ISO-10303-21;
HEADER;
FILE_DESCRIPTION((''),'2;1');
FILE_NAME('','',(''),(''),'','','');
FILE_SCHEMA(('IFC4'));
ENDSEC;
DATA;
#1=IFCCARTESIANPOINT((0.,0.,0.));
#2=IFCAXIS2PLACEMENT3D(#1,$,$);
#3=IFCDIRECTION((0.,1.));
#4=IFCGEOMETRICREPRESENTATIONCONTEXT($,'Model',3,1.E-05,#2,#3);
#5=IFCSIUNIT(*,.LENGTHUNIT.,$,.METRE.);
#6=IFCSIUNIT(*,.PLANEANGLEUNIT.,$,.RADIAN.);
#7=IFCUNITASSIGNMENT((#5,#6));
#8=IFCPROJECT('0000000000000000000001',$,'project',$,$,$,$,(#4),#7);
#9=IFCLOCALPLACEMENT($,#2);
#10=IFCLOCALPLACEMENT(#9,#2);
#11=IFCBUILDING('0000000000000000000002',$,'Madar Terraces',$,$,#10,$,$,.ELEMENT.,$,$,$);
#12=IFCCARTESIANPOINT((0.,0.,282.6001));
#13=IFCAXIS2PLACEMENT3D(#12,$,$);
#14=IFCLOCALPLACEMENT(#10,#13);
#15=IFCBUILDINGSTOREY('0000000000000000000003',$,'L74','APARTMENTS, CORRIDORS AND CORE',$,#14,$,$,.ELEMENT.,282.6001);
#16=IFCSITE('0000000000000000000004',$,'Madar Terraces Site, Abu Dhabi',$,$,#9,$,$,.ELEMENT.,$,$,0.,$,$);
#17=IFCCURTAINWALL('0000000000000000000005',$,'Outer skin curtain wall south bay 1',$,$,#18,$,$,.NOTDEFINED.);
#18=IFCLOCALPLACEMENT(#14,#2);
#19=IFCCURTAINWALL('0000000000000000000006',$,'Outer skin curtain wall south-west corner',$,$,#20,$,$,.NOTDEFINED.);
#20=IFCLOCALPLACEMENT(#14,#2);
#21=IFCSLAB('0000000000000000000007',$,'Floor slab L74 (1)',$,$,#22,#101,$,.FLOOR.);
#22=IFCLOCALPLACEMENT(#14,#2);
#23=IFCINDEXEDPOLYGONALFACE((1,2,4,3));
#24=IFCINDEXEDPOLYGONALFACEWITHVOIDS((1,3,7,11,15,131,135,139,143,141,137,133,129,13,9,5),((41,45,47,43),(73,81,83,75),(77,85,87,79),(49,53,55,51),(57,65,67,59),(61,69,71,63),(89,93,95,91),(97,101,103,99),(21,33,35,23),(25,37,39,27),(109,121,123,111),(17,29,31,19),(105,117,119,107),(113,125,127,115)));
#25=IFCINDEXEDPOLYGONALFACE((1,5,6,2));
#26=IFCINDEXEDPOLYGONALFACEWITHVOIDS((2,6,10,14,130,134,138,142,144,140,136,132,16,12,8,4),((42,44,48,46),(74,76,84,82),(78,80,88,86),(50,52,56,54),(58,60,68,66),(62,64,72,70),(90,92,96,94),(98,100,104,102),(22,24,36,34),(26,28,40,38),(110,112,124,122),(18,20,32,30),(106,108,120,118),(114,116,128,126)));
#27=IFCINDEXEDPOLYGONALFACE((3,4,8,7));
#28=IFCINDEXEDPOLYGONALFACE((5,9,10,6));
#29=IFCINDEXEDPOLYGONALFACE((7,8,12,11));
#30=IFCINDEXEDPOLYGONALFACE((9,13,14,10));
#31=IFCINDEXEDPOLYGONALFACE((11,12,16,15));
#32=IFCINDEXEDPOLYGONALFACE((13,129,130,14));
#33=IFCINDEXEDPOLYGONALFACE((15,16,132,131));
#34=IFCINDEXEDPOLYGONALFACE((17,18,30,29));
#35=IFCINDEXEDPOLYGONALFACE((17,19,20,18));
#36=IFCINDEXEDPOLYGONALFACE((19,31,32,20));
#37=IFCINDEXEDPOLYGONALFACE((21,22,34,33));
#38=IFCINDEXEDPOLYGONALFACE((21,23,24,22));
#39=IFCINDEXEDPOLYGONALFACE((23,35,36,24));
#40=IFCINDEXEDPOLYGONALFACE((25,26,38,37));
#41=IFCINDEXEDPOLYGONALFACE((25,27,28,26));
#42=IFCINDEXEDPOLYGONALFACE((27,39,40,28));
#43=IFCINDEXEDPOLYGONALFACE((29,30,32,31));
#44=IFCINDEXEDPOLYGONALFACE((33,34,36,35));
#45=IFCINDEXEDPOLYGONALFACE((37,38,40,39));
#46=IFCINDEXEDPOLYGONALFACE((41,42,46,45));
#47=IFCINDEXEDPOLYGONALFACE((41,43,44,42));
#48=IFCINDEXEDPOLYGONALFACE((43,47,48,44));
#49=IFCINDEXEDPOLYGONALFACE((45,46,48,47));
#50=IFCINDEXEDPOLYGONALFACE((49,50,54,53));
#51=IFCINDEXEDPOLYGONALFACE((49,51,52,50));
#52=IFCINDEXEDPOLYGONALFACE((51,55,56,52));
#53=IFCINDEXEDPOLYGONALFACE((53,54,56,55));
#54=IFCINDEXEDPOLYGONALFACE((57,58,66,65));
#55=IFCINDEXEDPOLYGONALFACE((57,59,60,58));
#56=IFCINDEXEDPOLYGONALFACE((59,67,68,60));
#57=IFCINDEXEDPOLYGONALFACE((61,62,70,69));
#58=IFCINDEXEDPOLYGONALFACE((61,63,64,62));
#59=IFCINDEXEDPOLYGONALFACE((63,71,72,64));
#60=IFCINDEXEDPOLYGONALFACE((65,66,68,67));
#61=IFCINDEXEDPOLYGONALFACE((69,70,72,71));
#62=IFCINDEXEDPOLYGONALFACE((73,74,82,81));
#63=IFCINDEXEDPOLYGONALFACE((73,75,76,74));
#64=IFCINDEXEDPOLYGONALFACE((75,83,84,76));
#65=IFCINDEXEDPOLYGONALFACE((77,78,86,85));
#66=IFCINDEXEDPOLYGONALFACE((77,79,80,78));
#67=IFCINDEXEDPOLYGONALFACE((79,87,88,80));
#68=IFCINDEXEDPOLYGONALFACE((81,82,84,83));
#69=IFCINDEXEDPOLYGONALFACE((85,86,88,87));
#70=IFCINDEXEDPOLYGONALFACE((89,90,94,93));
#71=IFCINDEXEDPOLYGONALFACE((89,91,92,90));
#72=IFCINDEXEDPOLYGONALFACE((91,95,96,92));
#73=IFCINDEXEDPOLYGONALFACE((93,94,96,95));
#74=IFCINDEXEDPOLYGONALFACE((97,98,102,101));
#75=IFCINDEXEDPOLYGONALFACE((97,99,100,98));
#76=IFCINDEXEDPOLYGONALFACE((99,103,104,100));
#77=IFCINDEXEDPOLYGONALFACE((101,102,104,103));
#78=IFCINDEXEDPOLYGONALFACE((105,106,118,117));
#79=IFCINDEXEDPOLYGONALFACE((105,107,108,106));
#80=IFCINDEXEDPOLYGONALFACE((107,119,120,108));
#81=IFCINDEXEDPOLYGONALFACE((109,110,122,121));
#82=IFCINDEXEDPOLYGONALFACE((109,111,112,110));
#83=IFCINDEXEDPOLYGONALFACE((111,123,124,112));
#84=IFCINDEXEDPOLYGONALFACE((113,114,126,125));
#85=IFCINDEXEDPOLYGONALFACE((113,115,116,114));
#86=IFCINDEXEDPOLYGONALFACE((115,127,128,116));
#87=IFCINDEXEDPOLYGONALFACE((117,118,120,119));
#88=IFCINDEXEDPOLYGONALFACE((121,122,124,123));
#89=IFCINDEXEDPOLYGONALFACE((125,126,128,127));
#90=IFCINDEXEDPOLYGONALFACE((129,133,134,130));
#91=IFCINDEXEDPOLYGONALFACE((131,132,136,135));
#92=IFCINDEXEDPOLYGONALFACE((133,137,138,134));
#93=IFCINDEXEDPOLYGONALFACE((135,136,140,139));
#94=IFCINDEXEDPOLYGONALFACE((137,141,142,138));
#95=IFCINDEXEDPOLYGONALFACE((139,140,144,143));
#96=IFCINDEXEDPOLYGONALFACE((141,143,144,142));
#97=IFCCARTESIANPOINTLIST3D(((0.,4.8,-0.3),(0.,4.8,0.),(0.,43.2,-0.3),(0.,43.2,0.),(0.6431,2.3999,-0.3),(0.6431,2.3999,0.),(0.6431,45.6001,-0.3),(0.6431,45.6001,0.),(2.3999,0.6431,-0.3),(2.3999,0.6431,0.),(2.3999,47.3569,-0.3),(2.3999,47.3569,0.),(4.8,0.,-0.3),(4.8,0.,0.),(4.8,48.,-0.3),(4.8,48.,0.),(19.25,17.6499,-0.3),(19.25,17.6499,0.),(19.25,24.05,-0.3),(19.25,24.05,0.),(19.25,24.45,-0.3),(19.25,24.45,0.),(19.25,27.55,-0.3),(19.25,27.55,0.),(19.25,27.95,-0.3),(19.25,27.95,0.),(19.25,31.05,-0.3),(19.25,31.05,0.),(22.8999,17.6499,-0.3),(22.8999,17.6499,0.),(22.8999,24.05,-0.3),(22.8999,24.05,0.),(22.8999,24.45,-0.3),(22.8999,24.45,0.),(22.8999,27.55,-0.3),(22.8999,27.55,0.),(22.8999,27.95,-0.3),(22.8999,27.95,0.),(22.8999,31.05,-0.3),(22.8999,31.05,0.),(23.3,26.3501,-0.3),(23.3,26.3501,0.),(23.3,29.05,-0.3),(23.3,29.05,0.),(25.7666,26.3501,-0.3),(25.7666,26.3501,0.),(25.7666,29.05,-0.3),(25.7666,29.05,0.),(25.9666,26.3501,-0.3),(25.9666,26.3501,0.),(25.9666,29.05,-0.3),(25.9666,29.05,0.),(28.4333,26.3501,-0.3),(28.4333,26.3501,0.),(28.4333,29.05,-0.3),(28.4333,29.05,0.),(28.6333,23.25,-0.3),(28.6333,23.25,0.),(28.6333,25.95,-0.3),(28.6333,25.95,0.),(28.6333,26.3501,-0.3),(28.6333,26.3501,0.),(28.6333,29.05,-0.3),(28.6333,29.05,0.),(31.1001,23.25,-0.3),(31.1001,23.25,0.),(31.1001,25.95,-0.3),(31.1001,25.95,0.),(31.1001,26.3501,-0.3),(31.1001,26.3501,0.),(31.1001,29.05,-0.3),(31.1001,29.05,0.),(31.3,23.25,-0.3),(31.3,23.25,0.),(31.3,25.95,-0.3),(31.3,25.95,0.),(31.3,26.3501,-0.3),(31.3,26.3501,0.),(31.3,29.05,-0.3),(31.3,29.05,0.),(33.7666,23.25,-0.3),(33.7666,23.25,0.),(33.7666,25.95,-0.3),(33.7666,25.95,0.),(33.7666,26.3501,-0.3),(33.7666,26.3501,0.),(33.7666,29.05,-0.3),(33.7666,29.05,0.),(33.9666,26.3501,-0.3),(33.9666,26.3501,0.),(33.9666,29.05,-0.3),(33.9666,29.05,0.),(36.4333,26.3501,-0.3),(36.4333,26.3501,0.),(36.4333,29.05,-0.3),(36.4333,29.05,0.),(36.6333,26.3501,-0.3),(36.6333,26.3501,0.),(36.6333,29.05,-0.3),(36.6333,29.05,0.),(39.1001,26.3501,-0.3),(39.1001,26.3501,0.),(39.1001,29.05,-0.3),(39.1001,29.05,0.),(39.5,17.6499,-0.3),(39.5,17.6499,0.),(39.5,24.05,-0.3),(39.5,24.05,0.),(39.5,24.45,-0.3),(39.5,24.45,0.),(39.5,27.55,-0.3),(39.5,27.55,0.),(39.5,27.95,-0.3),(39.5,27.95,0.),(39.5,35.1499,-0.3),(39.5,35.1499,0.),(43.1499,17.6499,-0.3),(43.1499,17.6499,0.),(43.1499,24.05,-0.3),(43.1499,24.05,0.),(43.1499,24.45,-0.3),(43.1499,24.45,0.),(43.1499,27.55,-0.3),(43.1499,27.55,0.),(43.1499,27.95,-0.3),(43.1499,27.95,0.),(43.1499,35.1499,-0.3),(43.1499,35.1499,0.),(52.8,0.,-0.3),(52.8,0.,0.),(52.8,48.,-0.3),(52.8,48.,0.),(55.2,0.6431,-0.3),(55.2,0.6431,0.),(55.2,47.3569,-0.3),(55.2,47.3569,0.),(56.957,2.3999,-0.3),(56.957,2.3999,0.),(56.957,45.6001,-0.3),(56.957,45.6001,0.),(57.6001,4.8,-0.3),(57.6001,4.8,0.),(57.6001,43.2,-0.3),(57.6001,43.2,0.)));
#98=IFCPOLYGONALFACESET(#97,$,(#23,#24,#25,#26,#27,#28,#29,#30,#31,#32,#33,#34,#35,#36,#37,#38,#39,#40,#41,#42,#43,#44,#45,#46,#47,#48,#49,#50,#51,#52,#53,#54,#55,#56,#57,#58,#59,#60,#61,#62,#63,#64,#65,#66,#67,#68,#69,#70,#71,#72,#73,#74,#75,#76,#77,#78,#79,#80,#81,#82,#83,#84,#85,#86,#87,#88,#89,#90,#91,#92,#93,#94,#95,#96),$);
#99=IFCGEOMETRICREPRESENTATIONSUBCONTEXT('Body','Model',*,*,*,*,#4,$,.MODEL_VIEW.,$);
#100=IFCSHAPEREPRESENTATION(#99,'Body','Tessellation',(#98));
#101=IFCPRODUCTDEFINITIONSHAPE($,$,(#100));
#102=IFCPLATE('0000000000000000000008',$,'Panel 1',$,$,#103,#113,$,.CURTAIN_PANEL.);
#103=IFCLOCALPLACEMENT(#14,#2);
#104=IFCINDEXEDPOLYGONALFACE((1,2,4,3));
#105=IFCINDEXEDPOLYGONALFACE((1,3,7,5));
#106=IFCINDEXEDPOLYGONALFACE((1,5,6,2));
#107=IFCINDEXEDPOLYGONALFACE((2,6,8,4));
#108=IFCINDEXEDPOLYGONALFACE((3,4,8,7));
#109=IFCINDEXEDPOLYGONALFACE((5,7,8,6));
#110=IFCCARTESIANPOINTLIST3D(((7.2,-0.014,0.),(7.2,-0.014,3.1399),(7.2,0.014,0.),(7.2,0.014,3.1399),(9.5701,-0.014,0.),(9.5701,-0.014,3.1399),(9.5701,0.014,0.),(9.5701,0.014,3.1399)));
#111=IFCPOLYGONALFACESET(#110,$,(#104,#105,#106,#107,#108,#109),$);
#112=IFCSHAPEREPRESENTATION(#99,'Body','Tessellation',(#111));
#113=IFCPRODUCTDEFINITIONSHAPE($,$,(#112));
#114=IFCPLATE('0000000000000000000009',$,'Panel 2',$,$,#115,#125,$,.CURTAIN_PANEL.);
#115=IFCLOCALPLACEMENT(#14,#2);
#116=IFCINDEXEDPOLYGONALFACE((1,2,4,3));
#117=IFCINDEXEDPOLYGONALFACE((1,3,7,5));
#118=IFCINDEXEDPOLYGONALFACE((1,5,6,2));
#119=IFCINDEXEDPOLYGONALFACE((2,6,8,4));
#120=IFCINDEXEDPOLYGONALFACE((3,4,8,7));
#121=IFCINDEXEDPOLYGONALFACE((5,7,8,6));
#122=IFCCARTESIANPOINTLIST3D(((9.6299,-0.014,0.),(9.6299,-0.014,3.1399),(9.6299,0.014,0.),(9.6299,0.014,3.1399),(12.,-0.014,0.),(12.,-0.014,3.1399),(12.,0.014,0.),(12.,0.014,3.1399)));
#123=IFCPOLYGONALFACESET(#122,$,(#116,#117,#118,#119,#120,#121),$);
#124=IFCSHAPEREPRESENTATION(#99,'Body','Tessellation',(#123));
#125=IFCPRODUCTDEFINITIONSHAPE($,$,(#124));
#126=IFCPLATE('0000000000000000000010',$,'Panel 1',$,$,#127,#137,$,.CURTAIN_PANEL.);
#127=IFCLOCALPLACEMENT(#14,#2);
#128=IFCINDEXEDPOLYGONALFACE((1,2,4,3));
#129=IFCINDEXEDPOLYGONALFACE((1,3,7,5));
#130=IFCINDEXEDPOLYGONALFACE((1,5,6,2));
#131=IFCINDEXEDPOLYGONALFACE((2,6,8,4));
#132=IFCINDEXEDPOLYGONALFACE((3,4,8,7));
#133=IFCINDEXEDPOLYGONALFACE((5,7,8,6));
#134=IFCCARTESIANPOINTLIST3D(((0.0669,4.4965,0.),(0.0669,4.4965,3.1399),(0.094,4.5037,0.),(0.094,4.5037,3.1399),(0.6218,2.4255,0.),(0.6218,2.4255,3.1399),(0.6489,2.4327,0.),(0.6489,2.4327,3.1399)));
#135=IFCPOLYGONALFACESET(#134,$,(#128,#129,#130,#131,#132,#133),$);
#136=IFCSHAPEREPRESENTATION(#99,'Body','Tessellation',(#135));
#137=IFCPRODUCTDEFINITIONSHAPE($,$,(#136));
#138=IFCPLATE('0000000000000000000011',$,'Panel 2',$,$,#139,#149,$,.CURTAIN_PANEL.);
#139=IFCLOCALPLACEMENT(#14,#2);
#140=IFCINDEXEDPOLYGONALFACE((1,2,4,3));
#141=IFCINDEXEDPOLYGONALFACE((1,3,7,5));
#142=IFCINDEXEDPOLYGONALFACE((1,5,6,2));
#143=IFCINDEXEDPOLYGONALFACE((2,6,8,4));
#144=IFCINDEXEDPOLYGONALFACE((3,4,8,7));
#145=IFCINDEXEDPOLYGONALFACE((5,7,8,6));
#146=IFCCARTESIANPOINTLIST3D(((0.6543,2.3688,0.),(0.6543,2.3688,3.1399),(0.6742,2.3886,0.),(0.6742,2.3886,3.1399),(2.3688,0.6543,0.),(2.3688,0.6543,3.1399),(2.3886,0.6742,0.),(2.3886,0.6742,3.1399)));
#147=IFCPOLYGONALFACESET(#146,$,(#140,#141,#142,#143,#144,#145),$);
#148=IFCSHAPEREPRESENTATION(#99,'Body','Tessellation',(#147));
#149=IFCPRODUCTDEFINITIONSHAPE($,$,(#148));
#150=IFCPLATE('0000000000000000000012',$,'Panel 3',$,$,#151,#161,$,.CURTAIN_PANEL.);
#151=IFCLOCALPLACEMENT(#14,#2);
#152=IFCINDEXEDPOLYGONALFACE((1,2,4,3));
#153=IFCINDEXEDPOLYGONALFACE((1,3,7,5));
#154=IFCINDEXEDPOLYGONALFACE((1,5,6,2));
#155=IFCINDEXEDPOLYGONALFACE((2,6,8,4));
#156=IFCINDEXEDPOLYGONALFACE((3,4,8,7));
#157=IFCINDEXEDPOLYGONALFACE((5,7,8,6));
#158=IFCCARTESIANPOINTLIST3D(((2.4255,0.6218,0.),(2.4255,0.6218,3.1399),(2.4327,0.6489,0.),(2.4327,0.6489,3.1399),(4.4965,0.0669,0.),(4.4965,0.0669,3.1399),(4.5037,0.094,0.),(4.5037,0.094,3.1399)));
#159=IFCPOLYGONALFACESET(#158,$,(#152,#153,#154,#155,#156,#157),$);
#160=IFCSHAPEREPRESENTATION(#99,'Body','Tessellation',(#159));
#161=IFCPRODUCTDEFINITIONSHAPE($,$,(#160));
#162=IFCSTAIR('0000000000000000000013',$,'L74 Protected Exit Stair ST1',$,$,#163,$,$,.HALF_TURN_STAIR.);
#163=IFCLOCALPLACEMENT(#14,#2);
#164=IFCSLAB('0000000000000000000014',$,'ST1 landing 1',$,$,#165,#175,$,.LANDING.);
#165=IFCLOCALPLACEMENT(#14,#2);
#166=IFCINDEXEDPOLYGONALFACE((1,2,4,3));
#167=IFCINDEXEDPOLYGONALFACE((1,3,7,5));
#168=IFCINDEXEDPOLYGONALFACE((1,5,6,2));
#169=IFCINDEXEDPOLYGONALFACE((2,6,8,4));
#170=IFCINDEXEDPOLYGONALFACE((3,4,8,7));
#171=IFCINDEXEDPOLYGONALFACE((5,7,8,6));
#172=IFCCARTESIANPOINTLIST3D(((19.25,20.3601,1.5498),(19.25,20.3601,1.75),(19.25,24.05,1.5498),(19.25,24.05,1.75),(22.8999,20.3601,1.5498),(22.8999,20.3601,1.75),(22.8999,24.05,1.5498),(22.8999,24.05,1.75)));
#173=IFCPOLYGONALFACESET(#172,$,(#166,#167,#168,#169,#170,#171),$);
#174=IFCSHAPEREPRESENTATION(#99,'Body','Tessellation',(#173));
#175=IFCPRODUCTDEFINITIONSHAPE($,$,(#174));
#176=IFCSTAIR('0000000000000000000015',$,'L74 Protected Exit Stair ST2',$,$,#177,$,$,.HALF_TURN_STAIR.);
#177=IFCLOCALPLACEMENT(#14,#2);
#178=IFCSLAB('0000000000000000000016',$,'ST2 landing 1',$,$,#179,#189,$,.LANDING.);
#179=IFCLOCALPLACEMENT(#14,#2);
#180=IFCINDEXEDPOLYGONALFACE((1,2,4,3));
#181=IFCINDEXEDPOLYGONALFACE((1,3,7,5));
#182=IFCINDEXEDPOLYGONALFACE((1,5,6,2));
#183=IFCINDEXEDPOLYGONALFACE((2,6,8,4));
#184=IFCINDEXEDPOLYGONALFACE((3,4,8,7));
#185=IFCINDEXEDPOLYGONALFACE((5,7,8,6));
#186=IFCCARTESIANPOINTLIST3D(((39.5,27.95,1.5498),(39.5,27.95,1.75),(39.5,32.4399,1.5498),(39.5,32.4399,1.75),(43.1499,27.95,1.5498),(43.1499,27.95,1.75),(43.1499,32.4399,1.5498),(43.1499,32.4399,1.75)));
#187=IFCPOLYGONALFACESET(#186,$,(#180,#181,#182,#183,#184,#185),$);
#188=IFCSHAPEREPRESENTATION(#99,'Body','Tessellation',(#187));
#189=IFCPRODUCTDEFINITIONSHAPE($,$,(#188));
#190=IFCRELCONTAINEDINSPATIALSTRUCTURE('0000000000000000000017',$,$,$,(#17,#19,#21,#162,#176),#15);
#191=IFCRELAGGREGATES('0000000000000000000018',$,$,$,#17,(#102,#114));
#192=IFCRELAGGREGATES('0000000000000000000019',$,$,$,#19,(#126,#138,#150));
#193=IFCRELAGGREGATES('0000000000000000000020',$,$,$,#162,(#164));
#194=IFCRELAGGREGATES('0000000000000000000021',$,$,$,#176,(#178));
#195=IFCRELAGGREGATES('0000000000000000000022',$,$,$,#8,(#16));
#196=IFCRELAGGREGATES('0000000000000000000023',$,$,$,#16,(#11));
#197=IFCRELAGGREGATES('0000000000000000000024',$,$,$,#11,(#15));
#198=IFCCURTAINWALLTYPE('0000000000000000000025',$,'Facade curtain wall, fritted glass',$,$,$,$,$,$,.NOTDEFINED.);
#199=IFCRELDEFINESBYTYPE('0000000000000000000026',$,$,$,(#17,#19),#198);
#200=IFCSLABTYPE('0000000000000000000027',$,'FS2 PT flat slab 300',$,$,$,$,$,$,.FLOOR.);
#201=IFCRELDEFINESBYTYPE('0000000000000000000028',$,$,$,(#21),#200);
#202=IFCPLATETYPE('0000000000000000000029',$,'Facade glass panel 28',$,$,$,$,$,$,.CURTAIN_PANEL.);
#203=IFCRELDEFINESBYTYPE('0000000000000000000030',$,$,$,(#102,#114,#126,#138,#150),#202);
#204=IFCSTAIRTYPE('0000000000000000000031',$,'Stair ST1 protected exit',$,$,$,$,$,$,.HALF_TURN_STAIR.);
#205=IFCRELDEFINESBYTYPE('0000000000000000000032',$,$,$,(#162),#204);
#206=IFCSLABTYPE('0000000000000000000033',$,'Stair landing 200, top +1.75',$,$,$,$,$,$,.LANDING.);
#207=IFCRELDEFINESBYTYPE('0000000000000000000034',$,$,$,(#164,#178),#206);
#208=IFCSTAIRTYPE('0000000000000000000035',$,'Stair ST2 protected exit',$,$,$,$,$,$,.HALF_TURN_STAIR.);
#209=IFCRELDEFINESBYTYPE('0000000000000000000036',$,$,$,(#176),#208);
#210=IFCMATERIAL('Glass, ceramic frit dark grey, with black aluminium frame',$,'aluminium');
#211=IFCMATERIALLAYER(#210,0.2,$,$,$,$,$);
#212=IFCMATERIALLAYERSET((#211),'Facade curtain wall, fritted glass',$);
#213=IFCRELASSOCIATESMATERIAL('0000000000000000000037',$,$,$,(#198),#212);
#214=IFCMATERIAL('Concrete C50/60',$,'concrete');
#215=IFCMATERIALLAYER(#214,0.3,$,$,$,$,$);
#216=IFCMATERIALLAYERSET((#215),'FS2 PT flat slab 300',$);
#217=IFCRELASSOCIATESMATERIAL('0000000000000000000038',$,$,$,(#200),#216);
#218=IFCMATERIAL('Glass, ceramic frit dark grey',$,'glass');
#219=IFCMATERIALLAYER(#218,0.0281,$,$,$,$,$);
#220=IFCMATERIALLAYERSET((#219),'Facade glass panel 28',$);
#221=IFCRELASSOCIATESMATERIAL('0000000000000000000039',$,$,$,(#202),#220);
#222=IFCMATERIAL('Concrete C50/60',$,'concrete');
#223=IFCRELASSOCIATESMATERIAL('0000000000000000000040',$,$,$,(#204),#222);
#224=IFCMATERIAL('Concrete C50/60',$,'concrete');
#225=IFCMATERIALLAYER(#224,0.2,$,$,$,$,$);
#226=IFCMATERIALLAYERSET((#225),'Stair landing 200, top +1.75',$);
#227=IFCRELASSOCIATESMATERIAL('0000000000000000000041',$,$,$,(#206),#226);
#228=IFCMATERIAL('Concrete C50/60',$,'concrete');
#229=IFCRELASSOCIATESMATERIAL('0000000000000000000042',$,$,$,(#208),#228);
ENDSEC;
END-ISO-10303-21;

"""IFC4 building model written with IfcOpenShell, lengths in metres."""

from ifc_helpers import new_model, si_unit, direction, frame, origin, origin_2d, place, context, subcontext, project, spatial, polyline, rectangle, outline, extrude, material, layer, layer_set, type_object, element, aggregate, save


model = new_model("IFC4")

# Units and contexts
model_context = context("Model", 3, precision=1e-05, world=origin(), true_north=direction((0.0, 1.0)))
body_context = subcontext(model_context, "Body", "Model", "MODEL_VIEW")
ifc_project = project(units=[si_unit("LENGTHUNIT", "METRE"), si_unit("PLANEANGLEUNIT", "RADIAN")], contexts=[model_context])

# Site, building, storey
site_placement = place(None, origin())
site = spatial("IfcSite", under=ifc_project, at=site_placement, Name="Madar Terraces Site, Abu Dhabi", CompositionType="ELEMENT", RefElevation=0.0)
building_placement = place(site_placement, origin())
building = spatial("IfcBuilding", under=site, at=building_placement, Name="Madar Terraces", CompositionType="ELEMENT")
storey_placement = place(building_placement, frame((0.0, 0.0, 282.6001)))
storey = spatial("IfcBuildingStorey", under=building, at=storey_placement, Name="L74", Description="APARTMENTS, CORRIDORS AND CORE", CompositionType="ELEMENT", Elevation=282.6001)

# Curtain wall
ifc_material_1 = material(Name="Glass, ceramic frit dark grey, with black aluminium frame", Category="aluminium")
ifc_layer_1 = layer(ifc_material_1, 0.2)
ifc_layer_set_1 = layer_set([ifc_layer_1], Name="Facade curtain wall, fritted glass")
curtain_wall_type = type_object("IfcCurtainWallType", Name="Facade curtain wall, fritted glass", PredefinedType="NOTDEFINED", material=ifc_layer_set_1)
curtain_wall_1_placement = place(storey_placement, origin())
curtain_wall_1 = element("IfcCurtainWall", 1, at=curtain_wall_1_placement, inside=storey, type_object=curtain_wall_type, Name="Outer skin curtain wall south bay 1", PredefinedType="NOTDEFINED")

# Curtain wall
curtain_wall_2_placement = place(storey_placement, origin())
curtain_wall_2 = element("IfcCurtainWall", 2, at=curtain_wall_2_placement, inside=storey, type_object=curtain_wall_type, Name="Outer skin curtain wall south-west corner", PredefinedType="NOTDEFINED")

# Slab
ifc_material_2 = material(Name="Concrete C50/60", Category="concrete")
ifc_layer_2 = layer(ifc_material_2, 0.3)
ifc_layer_set_2 = layer_set([ifc_layer_2], Name="FS2 PT flat slab 300")
slab_type_1 = type_object("IfcSlabType", Name="FS2 PT flat slab 300", PredefinedType="FLOOR", material=ifc_layer_set_2)
slab_1_placement = place(storey_placement, frame((0.0, 0.0, -0.3)))
element("IfcSlab", 3, at=slab_1_placement, inside=storey, type_object=slab_type_1, Name="Floor slab L74 (1)", PredefinedType="FLOOR", context=body_context, shape_type="SweptSolid", body=[
    extrude(outline(polyline([(52.8, 0.0), (55.2, 0.6431), (56.957, 2.3999), (57.6001, 4.8), (57.6001, 43.2), (56.957, 45.6001), (55.2, 47.3569), (52.8, 48.0), (4.8, 48.0), (2.3999, 47.3569), (0.6431, 45.6001), (0.0, 43.2), (0.0, 4.8), (0.6431, 2.3999), (2.3999, 0.6431), (4.8, 0.0), (52.8, 0.0)]), holes=[polyline([(22.8999, 17.6499), (19.25, 17.6499), (19.25, 24.05), (22.8999, 24.05), (22.8999, 17.6499)]), polyline([(28.6333, 23.25), (28.6333, 25.95), (31.1001, 25.95), (31.1001, 23.25), (28.6333, 23.25)]), polyline([(19.25, 24.45), (19.25, 27.55), (22.8999, 27.55), (22.8999, 24.45), (19.25, 24.45)]), polyline([(23.3, 26.3501), (23.3, 29.05), (25.7666, 29.05), (25.7666, 26.3501), (23.3, 26.3501)]), polyline([(25.9666, 26.3501), (25.9666, 29.05), (28.4333, 29.05), (28.4333, 26.3501), (25.9666, 26.3501)]), polyline([(28.6333, 26.3501), (28.6333, 29.05), (31.1001, 29.05), (31.1001, 26.3501), (28.6333, 26.3501)]), polyline([(19.25, 27.95), (19.25, 31.05), (22.8999, 31.05), (22.8999, 27.95), (19.25, 27.95)]), polyline([(43.1499, 17.6499), (39.5, 17.6499), (39.5, 24.05), (43.1499, 24.05), (43.1499, 17.6499)]), polyline([(31.3, 23.25), (31.3, 25.95), (33.7666, 25.95), (33.7666, 23.25), (31.3, 23.25)]), polyline([(39.5, 24.45), (39.5, 27.55), (43.1499, 27.55), (43.1499, 24.45), (39.5, 24.45)]), polyline([(31.3, 26.3501), (31.3, 29.05), (33.7666, 29.05), (33.7666, 26.3501), (31.3, 26.3501)]), polyline([(33.9666, 26.3501), (33.9666, 29.05), (36.4333, 29.05), (36.4333, 26.3501), (33.9666, 26.3501)]), polyline([(36.6333, 26.3501), (36.6333, 29.05), (39.1001, 29.05), (39.1001, 26.3501), (36.6333, 26.3501)]), polyline([(39.5, 27.95), (39.5, 35.1499), (43.1499, 35.1499), (43.1499, 27.95), (39.5, 27.95)])]), origin(), (0.0, 0.0, 1.0), 0.3),
])

# Plates
ifc_material_3 = material(Name="Glass, ceramic frit dark grey", Category="glass")
ifc_layer_3 = layer(ifc_material_3, 0.0281)
ifc_layer_set_3 = layer_set([ifc_layer_3], Name="Facade glass panel 28")
plate_type = type_object("IfcPlateType", Name="Facade glass panel 28", PredefinedType="CURTAIN_PANEL", material=ifc_layer_set_3)
plate_1_placement = place(storey_placement, frame((8.385, 0.0, 0.0), z_axis=(0.0, 0.0, 1.0), x_axis=(1.0, 0.0, 0.0)))
plate_1 = element("IfcPlate", 4, at=plate_1_placement, type_object=plate_type, Name="Panel 1", PredefinedType="CURTAIN_PANEL", context=body_context, shape_type="SweptSolid", body=[
    extrude(rectangle(XDim=2.3701, YDim=0.0281, at=origin_2d()), origin(), (0.0, 0.0, 1.0), 3.1399),
])
plate_2_placement = place(storey_placement, frame((10.8149, 0.0, 0.0), z_axis=(0.0, 0.0, 1.0), x_axis=(1.0, 0.0, 0.0)))
plate_2 = element("IfcPlate", 5, at=plate_2_placement, type_object=plate_type, Name="Panel 2", PredefinedType="CURTAIN_PANEL", context=body_context, shape_type="SweptSolid", body=[
    extrude(rectangle(XDim=2.3701, YDim=0.0281, at=origin_2d()), origin(), (0.0, 0.0, 1.0), 3.1399),
])
aggregate(curtain_wall_1, [plate_1, plate_2])
plate_3_placement = place(storey_placement, frame((0.3579, 3.4646, 0.0), z_axis=(0.0, 0.0, 1.0), x_axis=(0.258819, -0.965926, 0.0)))
plate_3 = element("IfcPlate", 6, at=plate_3_placement, type_object=plate_type, Name="Panel 1", PredefinedType="CURTAIN_PANEL", context=body_context, shape_type="SweptSolid", body=[
    extrude(rectangle(XDim=2.144, YDim=0.0281, at=origin_2d()), origin(), (0.0, 0.0, 1.0), 3.1399),
])
plate_4_placement = place(storey_placement, frame((1.5215, 1.5215, 0.0), z_axis=(0.0, 0.0, 1.0), x_axis=(0.707107, -0.707107, 0.0)))
plate_4 = element("IfcPlate", 7, at=plate_4_placement, type_object=plate_type, Name="Panel 2", PredefinedType="CURTAIN_PANEL", context=body_context, shape_type="SweptSolid", body=[
    extrude(rectangle(XDim=2.4246, YDim=0.0281, at=origin_2d()), origin(), (0.0, 0.0, 1.0), 3.1399),
])
plate_5_placement = place(storey_placement, frame((3.4646, 0.3579, 0.0), z_axis=(0.0, 0.0, 1.0), x_axis=(0.965926, -0.258819, 0.0)))
plate_5 = element("IfcPlate", 8, at=plate_5_placement, type_object=plate_type, Name="Panel 3", PredefinedType="CURTAIN_PANEL", context=body_context, shape_type="SweptSolid", body=[
    extrude(rectangle(XDim=2.144, YDim=0.0281, at=origin_2d()), origin(), (0.0, 0.0, 1.0), 3.1399),
])
aggregate(curtain_wall_2, [plate_3, plate_4, plate_5])

# Stairs, slabs
ifc_material_4 = material(Name="Concrete C50/60", Category="concrete")
stair_type_1 = type_object("IfcStairType", Name="Stair ST1 protected exit", PredefinedType="HALF_TURN_STAIR", material=ifc_material_4)
stair_1_placement = place(storey_placement, origin())
stair_1 = element("IfcStair", 9, at=stair_1_placement, inside=storey, type_object=stair_type_1, Name="L74 Protected Exit Stair ST1", PredefinedType="HALF_TURN_STAIR")
ifc_material_5 = material(Name="Concrete C50/60", Category="concrete")
ifc_layer_4 = layer(ifc_material_5, 0.2)
ifc_layer_set_4 = layer_set([ifc_layer_4], Name="Stair landing 200, top +1.75")
slab_type_2 = type_object("IfcSlabType", Name="Stair landing 200, top +1.75", PredefinedType="LANDING", material=ifc_layer_set_4)
slab_2_placement = place(storey_placement, frame((0.0, 0.0, 1.5498)))
slab_2 = element("IfcSlab", 10, at=slab_2_placement, type_object=slab_type_2, Name="ST1 landing 1", PredefinedType="LANDING", context=body_context, shape_type="SweptSolid", body=[
    extrude(outline(polyline([(19.25, 20.3601), (22.8999, 20.3601), (22.8999, 24.05), (19.25, 24.05), (19.25, 20.3601)])), origin(), (0.0, 0.0, 1.0), 0.2002),
])
aggregate(stair_1, [slab_2])
ifc_material_6 = material(Name="Concrete C50/60", Category="concrete")
stair_type_2 = type_object("IfcStairType", Name="Stair ST2 protected exit", PredefinedType="HALF_TURN_STAIR", material=ifc_material_6)
stair_2_placement = place(storey_placement, origin())
stair_2 = element("IfcStair", 11, at=stair_2_placement, inside=storey, type_object=stair_type_2, Name="L74 Protected Exit Stair ST2", PredefinedType="HALF_TURN_STAIR")
slab_3_placement = place(storey_placement, frame((0.0, 0.0, 1.5498)))
slab_3 = element("IfcSlab", 12, at=slab_3_placement, type_object=slab_type_2, Name="ST2 landing 1", PredefinedType="LANDING", context=body_context, shape_type="SweptSolid", body=[
    extrude(outline(polyline([(39.5, 27.95), (43.1499, 27.95), (43.1499, 32.4399), (39.5, 32.4399), (39.5, 27.95)])), origin(), (0.0, 0.0, 1.0), 0.2002),
])
aggregate(stair_2, [slab_3])

save(model, "model.ifc")
